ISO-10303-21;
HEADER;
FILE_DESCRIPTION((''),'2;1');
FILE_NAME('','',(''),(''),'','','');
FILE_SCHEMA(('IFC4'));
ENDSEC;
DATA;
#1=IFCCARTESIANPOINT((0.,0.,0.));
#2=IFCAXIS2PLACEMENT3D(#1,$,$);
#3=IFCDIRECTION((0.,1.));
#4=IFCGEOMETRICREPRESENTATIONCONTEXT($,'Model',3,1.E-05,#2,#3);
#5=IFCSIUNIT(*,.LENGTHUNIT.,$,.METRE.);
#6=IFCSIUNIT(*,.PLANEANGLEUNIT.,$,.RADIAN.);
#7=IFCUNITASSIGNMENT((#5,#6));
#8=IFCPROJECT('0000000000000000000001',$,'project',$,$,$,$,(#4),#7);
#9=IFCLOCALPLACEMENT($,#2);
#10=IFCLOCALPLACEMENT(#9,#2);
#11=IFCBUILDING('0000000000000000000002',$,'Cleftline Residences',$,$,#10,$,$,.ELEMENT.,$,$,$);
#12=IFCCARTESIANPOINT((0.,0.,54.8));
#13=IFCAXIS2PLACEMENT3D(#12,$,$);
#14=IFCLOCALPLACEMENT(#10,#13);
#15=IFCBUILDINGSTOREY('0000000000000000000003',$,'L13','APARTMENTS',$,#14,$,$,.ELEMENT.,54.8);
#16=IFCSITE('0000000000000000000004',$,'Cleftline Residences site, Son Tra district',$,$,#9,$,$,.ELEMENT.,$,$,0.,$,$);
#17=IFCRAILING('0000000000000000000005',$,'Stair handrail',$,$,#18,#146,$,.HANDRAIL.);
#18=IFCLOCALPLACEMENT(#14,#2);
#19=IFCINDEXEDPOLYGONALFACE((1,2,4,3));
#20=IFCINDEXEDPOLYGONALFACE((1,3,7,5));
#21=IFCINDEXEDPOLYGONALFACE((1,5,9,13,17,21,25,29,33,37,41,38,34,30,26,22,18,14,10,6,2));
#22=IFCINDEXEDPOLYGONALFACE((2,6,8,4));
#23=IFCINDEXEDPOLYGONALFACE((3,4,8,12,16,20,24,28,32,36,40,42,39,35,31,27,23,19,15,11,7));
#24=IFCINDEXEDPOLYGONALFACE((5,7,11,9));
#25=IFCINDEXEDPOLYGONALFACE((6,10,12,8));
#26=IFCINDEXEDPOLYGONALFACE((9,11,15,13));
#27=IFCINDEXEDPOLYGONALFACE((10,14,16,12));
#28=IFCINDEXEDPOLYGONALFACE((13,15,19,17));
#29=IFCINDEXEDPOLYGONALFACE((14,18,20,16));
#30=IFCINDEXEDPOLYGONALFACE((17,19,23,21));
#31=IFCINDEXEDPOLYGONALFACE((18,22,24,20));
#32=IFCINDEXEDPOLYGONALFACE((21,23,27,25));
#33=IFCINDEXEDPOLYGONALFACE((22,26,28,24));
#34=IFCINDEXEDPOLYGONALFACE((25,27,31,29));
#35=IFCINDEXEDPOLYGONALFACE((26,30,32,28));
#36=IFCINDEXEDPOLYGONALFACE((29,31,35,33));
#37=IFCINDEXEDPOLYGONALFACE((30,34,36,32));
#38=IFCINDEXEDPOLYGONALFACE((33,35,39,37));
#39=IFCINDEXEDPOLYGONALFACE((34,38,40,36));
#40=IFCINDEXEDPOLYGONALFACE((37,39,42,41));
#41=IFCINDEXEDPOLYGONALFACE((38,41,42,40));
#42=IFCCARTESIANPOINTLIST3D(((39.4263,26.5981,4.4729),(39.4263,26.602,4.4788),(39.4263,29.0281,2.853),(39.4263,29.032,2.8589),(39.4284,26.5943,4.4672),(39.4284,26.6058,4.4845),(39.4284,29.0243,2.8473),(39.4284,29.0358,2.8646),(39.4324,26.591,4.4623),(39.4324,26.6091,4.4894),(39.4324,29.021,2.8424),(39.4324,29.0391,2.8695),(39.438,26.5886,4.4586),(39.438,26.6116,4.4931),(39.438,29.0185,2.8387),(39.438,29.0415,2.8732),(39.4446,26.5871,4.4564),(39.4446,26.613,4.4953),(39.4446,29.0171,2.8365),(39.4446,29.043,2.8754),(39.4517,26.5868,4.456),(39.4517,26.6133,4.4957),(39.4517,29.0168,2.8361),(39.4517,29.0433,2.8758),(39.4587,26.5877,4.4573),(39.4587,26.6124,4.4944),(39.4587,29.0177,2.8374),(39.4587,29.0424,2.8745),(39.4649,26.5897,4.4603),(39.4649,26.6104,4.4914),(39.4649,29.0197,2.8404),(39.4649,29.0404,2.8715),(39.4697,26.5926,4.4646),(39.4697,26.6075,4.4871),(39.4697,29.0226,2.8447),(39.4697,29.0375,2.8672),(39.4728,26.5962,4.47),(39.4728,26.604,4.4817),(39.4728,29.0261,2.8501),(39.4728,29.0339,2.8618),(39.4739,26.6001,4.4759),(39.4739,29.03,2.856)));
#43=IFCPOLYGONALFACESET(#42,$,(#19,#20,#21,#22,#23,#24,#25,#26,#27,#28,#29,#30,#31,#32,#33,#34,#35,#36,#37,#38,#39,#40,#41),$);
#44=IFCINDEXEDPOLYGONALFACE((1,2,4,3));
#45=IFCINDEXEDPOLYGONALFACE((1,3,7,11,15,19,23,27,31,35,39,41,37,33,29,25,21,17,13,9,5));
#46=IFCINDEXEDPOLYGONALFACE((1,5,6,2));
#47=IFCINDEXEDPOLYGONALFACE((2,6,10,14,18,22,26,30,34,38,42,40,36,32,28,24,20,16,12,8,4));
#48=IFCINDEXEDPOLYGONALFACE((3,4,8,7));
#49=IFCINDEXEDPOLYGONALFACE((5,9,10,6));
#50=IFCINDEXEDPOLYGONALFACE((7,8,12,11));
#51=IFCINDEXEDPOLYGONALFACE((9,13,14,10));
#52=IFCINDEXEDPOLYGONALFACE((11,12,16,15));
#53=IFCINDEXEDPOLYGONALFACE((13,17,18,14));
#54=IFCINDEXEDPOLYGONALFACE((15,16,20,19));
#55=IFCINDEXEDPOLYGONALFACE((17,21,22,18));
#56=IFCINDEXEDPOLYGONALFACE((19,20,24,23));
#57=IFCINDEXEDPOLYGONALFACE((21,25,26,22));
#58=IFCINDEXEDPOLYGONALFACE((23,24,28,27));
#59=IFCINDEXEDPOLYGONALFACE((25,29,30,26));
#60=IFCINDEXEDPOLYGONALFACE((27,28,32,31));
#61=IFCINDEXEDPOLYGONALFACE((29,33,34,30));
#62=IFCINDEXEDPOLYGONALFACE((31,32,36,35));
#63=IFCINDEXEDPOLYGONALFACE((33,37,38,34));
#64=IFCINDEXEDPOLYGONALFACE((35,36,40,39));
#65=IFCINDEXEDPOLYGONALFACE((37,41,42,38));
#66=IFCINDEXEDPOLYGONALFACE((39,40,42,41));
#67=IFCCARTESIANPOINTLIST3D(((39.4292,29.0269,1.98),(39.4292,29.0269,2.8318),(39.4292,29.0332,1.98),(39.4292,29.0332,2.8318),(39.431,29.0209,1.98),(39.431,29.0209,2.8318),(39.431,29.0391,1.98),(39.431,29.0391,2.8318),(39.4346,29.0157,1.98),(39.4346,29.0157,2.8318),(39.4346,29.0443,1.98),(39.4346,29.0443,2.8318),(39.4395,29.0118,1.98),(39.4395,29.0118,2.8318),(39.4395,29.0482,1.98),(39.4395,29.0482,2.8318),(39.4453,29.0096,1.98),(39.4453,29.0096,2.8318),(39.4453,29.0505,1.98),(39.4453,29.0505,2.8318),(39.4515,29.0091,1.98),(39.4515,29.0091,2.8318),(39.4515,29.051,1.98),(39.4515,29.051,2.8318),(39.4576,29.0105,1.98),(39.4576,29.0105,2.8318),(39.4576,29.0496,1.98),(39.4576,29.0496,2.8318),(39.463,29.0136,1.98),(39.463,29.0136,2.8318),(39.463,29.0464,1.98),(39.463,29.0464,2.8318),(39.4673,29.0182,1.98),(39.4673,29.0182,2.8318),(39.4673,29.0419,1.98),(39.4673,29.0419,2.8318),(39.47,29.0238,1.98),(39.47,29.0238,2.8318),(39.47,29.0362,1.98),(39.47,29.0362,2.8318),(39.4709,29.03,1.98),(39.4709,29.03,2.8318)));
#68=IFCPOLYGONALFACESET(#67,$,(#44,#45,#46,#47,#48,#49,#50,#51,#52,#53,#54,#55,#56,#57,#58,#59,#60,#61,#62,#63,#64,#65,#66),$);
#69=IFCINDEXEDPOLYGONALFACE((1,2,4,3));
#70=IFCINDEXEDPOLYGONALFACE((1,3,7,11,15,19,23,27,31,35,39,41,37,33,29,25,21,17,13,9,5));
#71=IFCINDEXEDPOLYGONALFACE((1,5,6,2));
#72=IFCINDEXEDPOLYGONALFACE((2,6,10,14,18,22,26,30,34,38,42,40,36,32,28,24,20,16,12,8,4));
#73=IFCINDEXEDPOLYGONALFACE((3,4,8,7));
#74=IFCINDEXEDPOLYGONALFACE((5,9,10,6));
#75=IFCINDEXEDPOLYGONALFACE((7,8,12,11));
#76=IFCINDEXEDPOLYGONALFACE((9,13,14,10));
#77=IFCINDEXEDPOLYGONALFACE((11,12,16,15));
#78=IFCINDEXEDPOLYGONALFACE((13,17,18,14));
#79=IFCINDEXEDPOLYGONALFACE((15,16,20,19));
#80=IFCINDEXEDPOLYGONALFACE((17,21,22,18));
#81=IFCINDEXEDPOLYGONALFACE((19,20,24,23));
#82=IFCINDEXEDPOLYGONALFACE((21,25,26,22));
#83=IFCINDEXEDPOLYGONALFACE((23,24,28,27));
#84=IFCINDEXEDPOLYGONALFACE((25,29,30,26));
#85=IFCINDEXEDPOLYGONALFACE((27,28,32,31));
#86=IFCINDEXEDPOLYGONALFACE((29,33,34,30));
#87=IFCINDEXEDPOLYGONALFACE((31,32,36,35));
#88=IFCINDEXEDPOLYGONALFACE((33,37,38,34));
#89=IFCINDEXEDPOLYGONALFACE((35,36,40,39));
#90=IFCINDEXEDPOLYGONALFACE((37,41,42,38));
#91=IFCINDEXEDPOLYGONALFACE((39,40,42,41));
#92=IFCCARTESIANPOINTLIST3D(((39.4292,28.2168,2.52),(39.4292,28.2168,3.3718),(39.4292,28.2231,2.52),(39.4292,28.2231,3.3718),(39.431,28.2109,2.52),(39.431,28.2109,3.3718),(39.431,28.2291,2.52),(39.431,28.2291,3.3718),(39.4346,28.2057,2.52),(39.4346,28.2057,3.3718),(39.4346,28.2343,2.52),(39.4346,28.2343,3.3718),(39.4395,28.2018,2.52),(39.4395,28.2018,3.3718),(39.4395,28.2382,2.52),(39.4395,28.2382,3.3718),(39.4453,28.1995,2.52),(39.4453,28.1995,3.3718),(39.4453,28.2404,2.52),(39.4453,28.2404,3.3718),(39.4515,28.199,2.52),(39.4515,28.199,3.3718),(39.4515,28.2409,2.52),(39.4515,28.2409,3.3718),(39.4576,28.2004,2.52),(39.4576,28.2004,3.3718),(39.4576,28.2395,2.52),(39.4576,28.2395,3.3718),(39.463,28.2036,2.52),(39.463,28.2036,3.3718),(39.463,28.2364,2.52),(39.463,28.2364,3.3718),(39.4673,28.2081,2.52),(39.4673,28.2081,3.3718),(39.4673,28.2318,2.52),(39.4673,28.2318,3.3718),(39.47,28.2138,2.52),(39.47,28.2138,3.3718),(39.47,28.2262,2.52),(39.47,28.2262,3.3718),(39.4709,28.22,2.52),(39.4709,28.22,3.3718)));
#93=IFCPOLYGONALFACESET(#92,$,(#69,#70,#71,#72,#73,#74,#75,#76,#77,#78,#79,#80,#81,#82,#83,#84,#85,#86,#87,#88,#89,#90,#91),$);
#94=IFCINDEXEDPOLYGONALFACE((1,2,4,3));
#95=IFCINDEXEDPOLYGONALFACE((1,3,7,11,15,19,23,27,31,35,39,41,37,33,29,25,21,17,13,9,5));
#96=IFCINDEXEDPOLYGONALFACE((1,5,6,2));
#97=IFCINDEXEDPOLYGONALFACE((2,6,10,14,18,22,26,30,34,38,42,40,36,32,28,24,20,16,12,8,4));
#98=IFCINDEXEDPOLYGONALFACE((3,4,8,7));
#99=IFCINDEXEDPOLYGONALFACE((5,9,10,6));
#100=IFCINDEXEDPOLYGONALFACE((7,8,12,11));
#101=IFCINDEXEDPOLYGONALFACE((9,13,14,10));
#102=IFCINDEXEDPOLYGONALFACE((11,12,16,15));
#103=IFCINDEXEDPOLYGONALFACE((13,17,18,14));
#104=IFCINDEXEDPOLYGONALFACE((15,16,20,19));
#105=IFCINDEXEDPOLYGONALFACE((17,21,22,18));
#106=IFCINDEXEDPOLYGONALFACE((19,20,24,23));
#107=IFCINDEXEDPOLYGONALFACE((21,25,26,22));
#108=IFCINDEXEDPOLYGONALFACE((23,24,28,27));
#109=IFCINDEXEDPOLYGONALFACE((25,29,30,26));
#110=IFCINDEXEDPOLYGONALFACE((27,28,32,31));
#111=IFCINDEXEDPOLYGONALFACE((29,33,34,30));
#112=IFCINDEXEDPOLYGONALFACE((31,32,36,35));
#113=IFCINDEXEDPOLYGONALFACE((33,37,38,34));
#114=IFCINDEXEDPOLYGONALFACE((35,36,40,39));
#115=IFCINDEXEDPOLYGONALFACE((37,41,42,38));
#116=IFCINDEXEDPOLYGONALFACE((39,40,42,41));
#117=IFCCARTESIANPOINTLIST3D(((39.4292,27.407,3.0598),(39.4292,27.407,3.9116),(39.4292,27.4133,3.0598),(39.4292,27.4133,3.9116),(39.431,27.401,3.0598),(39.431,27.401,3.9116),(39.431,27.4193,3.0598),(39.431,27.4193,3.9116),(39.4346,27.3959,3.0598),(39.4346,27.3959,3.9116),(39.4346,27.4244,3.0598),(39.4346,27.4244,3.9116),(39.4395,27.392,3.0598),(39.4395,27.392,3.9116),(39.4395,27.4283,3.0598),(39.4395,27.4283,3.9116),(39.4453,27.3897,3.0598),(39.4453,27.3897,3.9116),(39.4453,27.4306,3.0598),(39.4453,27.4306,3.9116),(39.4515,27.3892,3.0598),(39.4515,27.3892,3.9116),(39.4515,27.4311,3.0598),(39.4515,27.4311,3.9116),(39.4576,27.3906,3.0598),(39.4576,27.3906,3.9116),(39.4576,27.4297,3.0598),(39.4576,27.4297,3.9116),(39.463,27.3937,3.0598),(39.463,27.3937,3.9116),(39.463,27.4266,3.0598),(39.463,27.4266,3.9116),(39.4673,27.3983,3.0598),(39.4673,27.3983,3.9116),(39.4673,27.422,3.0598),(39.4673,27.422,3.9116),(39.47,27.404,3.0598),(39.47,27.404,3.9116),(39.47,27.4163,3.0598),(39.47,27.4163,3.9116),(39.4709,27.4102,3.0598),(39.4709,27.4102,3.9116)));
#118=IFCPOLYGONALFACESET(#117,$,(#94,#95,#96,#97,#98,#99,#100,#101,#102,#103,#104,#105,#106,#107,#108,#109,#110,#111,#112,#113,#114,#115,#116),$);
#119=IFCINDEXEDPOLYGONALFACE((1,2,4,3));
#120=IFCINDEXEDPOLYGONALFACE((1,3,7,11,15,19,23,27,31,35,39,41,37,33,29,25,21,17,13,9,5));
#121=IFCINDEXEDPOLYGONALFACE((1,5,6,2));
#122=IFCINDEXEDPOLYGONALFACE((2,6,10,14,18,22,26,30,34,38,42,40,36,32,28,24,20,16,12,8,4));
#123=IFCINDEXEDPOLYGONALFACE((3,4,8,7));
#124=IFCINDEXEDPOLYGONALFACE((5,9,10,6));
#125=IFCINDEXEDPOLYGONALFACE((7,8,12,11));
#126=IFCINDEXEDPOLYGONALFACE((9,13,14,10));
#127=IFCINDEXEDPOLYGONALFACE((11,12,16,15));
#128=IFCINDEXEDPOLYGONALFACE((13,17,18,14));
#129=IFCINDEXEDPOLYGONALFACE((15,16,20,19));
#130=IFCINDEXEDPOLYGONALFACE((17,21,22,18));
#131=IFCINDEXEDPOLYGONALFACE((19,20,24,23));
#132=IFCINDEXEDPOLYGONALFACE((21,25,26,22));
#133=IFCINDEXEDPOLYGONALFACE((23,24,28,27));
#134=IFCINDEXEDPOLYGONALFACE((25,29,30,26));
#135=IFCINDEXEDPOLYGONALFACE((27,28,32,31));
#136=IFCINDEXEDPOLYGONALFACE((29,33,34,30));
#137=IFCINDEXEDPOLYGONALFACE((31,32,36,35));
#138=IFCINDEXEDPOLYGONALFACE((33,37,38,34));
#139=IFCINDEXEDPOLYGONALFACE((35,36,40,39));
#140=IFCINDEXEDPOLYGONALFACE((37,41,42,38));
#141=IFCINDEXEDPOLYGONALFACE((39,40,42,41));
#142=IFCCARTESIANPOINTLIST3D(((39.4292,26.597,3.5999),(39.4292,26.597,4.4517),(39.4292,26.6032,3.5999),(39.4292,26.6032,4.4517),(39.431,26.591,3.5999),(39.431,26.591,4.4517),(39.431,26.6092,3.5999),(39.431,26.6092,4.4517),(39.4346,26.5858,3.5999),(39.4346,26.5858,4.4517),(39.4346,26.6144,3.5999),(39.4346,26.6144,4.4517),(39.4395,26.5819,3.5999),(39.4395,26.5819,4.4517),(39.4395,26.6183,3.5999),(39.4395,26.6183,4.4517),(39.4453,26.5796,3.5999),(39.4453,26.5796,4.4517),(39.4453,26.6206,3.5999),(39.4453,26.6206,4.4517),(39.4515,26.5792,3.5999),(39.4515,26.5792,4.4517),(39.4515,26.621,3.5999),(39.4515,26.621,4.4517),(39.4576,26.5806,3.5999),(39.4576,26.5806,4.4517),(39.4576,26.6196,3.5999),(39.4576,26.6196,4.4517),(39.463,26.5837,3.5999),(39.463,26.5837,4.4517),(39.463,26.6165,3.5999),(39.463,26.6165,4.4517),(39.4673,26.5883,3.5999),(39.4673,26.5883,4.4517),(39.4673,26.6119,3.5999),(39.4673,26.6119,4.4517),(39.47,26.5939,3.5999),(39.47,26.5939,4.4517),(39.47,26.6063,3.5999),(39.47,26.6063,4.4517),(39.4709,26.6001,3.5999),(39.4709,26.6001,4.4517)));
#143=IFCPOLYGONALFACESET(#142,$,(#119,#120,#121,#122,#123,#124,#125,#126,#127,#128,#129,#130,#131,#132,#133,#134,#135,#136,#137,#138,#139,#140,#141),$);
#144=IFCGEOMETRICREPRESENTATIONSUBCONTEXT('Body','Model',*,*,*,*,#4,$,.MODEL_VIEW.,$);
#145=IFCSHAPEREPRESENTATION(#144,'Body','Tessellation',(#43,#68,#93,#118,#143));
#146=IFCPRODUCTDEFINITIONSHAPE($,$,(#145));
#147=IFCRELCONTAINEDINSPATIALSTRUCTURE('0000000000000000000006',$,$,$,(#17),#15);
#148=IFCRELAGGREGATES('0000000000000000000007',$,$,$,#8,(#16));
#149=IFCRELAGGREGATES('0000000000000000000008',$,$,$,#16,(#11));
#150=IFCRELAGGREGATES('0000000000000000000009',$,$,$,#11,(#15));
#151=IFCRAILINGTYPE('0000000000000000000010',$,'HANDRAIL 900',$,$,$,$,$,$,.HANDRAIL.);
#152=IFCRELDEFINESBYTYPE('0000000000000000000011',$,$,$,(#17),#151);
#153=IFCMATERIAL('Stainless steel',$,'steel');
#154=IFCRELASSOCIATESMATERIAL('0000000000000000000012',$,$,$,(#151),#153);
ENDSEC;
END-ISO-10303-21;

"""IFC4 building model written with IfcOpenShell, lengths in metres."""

from ifc_helpers import new_model, si_unit, direction, frame, origin, origin_2d, place, context, subcontext, project, spatial, circle, extrude, material, type_object, element, save


model = new_model("IFC4")

# Units and contexts
model_context = context("Model", 3, precision=1e-05, world=origin(), true_north=direction((0.0, 1.0)))
body_context = subcontext(model_context, "Body", "Model", "MODEL_VIEW")
ifc_project = project(units=[si_unit("LENGTHUNIT", "METRE"), si_unit("PLANEANGLEUNIT", "RADIAN")], contexts=[model_context])

# Site, building, storey
site_placement = place(None, origin())
site = spatial("IfcSite", under=ifc_project, at=site_placement, Name="Cleftline Residences site, Son Tra district", CompositionType="ELEMENT", RefElevation=0.0)
building_placement = place(site_placement, origin())
building = spatial("IfcBuilding", under=site, at=building_placement, Name="Cleftline Residences", CompositionType="ELEMENT")
storey_placement = place(building_placement, frame((0.0, 0.0, 54.8)))
storey = spatial("IfcBuildingStorey", under=building, at=storey_placement, Name="L13", Description="APARTMENTS", CompositionType="ELEMENT", Elevation=54.8)

# Railing
ifc_material_1 = material(Name="Stainless steel", Category="steel")
railing_type = type_object("IfcRailingType", Name="HANDRAIL 900", PredefinedType="HANDRAIL", material=ifc_material_1)
railing_1_placement = place(storey_placement, frame((39.45, 29.03, 1.98)))
element("IfcRailing", 1, at=railing_1_placement, inside=storey, type_object=railing_type, Name="Stair handrail", PredefinedType="HANDRAIL", context=body_context, shape_type="SweptSolid", body=[
    extrude(circle(Radius=0.0239, at=origin_2d()), frame((0.0, 0.0, 0.876), z_axis=(0.0, -0.832063, 0.554681), x_axis=(1.0, 0.0, 0.0)), (0.0, 0.0, 1.0), 2.9204),
    extrude(circle(Radius=0.021, at=origin_2d()), origin(), (0.0, 0.0, 1.0), 0.8518),
    extrude(circle(Radius=0.021, at=origin_2d()), frame((0.0, -0.8101, 0.54)), (0.0, 0.0, 1.0), 0.8518),
    extrude(circle(Radius=0.021, at=origin_2d()), frame((0.0, -1.6199, 1.0798)), (0.0, 0.0, 1.0), 0.8518),
    extrude(circle(Radius=0.021, at=origin_2d()), frame((0.0, -2.4299, 1.6199)), (0.0, 0.0, 1.0), 0.8518),
])

save(model, "model.ifc")
